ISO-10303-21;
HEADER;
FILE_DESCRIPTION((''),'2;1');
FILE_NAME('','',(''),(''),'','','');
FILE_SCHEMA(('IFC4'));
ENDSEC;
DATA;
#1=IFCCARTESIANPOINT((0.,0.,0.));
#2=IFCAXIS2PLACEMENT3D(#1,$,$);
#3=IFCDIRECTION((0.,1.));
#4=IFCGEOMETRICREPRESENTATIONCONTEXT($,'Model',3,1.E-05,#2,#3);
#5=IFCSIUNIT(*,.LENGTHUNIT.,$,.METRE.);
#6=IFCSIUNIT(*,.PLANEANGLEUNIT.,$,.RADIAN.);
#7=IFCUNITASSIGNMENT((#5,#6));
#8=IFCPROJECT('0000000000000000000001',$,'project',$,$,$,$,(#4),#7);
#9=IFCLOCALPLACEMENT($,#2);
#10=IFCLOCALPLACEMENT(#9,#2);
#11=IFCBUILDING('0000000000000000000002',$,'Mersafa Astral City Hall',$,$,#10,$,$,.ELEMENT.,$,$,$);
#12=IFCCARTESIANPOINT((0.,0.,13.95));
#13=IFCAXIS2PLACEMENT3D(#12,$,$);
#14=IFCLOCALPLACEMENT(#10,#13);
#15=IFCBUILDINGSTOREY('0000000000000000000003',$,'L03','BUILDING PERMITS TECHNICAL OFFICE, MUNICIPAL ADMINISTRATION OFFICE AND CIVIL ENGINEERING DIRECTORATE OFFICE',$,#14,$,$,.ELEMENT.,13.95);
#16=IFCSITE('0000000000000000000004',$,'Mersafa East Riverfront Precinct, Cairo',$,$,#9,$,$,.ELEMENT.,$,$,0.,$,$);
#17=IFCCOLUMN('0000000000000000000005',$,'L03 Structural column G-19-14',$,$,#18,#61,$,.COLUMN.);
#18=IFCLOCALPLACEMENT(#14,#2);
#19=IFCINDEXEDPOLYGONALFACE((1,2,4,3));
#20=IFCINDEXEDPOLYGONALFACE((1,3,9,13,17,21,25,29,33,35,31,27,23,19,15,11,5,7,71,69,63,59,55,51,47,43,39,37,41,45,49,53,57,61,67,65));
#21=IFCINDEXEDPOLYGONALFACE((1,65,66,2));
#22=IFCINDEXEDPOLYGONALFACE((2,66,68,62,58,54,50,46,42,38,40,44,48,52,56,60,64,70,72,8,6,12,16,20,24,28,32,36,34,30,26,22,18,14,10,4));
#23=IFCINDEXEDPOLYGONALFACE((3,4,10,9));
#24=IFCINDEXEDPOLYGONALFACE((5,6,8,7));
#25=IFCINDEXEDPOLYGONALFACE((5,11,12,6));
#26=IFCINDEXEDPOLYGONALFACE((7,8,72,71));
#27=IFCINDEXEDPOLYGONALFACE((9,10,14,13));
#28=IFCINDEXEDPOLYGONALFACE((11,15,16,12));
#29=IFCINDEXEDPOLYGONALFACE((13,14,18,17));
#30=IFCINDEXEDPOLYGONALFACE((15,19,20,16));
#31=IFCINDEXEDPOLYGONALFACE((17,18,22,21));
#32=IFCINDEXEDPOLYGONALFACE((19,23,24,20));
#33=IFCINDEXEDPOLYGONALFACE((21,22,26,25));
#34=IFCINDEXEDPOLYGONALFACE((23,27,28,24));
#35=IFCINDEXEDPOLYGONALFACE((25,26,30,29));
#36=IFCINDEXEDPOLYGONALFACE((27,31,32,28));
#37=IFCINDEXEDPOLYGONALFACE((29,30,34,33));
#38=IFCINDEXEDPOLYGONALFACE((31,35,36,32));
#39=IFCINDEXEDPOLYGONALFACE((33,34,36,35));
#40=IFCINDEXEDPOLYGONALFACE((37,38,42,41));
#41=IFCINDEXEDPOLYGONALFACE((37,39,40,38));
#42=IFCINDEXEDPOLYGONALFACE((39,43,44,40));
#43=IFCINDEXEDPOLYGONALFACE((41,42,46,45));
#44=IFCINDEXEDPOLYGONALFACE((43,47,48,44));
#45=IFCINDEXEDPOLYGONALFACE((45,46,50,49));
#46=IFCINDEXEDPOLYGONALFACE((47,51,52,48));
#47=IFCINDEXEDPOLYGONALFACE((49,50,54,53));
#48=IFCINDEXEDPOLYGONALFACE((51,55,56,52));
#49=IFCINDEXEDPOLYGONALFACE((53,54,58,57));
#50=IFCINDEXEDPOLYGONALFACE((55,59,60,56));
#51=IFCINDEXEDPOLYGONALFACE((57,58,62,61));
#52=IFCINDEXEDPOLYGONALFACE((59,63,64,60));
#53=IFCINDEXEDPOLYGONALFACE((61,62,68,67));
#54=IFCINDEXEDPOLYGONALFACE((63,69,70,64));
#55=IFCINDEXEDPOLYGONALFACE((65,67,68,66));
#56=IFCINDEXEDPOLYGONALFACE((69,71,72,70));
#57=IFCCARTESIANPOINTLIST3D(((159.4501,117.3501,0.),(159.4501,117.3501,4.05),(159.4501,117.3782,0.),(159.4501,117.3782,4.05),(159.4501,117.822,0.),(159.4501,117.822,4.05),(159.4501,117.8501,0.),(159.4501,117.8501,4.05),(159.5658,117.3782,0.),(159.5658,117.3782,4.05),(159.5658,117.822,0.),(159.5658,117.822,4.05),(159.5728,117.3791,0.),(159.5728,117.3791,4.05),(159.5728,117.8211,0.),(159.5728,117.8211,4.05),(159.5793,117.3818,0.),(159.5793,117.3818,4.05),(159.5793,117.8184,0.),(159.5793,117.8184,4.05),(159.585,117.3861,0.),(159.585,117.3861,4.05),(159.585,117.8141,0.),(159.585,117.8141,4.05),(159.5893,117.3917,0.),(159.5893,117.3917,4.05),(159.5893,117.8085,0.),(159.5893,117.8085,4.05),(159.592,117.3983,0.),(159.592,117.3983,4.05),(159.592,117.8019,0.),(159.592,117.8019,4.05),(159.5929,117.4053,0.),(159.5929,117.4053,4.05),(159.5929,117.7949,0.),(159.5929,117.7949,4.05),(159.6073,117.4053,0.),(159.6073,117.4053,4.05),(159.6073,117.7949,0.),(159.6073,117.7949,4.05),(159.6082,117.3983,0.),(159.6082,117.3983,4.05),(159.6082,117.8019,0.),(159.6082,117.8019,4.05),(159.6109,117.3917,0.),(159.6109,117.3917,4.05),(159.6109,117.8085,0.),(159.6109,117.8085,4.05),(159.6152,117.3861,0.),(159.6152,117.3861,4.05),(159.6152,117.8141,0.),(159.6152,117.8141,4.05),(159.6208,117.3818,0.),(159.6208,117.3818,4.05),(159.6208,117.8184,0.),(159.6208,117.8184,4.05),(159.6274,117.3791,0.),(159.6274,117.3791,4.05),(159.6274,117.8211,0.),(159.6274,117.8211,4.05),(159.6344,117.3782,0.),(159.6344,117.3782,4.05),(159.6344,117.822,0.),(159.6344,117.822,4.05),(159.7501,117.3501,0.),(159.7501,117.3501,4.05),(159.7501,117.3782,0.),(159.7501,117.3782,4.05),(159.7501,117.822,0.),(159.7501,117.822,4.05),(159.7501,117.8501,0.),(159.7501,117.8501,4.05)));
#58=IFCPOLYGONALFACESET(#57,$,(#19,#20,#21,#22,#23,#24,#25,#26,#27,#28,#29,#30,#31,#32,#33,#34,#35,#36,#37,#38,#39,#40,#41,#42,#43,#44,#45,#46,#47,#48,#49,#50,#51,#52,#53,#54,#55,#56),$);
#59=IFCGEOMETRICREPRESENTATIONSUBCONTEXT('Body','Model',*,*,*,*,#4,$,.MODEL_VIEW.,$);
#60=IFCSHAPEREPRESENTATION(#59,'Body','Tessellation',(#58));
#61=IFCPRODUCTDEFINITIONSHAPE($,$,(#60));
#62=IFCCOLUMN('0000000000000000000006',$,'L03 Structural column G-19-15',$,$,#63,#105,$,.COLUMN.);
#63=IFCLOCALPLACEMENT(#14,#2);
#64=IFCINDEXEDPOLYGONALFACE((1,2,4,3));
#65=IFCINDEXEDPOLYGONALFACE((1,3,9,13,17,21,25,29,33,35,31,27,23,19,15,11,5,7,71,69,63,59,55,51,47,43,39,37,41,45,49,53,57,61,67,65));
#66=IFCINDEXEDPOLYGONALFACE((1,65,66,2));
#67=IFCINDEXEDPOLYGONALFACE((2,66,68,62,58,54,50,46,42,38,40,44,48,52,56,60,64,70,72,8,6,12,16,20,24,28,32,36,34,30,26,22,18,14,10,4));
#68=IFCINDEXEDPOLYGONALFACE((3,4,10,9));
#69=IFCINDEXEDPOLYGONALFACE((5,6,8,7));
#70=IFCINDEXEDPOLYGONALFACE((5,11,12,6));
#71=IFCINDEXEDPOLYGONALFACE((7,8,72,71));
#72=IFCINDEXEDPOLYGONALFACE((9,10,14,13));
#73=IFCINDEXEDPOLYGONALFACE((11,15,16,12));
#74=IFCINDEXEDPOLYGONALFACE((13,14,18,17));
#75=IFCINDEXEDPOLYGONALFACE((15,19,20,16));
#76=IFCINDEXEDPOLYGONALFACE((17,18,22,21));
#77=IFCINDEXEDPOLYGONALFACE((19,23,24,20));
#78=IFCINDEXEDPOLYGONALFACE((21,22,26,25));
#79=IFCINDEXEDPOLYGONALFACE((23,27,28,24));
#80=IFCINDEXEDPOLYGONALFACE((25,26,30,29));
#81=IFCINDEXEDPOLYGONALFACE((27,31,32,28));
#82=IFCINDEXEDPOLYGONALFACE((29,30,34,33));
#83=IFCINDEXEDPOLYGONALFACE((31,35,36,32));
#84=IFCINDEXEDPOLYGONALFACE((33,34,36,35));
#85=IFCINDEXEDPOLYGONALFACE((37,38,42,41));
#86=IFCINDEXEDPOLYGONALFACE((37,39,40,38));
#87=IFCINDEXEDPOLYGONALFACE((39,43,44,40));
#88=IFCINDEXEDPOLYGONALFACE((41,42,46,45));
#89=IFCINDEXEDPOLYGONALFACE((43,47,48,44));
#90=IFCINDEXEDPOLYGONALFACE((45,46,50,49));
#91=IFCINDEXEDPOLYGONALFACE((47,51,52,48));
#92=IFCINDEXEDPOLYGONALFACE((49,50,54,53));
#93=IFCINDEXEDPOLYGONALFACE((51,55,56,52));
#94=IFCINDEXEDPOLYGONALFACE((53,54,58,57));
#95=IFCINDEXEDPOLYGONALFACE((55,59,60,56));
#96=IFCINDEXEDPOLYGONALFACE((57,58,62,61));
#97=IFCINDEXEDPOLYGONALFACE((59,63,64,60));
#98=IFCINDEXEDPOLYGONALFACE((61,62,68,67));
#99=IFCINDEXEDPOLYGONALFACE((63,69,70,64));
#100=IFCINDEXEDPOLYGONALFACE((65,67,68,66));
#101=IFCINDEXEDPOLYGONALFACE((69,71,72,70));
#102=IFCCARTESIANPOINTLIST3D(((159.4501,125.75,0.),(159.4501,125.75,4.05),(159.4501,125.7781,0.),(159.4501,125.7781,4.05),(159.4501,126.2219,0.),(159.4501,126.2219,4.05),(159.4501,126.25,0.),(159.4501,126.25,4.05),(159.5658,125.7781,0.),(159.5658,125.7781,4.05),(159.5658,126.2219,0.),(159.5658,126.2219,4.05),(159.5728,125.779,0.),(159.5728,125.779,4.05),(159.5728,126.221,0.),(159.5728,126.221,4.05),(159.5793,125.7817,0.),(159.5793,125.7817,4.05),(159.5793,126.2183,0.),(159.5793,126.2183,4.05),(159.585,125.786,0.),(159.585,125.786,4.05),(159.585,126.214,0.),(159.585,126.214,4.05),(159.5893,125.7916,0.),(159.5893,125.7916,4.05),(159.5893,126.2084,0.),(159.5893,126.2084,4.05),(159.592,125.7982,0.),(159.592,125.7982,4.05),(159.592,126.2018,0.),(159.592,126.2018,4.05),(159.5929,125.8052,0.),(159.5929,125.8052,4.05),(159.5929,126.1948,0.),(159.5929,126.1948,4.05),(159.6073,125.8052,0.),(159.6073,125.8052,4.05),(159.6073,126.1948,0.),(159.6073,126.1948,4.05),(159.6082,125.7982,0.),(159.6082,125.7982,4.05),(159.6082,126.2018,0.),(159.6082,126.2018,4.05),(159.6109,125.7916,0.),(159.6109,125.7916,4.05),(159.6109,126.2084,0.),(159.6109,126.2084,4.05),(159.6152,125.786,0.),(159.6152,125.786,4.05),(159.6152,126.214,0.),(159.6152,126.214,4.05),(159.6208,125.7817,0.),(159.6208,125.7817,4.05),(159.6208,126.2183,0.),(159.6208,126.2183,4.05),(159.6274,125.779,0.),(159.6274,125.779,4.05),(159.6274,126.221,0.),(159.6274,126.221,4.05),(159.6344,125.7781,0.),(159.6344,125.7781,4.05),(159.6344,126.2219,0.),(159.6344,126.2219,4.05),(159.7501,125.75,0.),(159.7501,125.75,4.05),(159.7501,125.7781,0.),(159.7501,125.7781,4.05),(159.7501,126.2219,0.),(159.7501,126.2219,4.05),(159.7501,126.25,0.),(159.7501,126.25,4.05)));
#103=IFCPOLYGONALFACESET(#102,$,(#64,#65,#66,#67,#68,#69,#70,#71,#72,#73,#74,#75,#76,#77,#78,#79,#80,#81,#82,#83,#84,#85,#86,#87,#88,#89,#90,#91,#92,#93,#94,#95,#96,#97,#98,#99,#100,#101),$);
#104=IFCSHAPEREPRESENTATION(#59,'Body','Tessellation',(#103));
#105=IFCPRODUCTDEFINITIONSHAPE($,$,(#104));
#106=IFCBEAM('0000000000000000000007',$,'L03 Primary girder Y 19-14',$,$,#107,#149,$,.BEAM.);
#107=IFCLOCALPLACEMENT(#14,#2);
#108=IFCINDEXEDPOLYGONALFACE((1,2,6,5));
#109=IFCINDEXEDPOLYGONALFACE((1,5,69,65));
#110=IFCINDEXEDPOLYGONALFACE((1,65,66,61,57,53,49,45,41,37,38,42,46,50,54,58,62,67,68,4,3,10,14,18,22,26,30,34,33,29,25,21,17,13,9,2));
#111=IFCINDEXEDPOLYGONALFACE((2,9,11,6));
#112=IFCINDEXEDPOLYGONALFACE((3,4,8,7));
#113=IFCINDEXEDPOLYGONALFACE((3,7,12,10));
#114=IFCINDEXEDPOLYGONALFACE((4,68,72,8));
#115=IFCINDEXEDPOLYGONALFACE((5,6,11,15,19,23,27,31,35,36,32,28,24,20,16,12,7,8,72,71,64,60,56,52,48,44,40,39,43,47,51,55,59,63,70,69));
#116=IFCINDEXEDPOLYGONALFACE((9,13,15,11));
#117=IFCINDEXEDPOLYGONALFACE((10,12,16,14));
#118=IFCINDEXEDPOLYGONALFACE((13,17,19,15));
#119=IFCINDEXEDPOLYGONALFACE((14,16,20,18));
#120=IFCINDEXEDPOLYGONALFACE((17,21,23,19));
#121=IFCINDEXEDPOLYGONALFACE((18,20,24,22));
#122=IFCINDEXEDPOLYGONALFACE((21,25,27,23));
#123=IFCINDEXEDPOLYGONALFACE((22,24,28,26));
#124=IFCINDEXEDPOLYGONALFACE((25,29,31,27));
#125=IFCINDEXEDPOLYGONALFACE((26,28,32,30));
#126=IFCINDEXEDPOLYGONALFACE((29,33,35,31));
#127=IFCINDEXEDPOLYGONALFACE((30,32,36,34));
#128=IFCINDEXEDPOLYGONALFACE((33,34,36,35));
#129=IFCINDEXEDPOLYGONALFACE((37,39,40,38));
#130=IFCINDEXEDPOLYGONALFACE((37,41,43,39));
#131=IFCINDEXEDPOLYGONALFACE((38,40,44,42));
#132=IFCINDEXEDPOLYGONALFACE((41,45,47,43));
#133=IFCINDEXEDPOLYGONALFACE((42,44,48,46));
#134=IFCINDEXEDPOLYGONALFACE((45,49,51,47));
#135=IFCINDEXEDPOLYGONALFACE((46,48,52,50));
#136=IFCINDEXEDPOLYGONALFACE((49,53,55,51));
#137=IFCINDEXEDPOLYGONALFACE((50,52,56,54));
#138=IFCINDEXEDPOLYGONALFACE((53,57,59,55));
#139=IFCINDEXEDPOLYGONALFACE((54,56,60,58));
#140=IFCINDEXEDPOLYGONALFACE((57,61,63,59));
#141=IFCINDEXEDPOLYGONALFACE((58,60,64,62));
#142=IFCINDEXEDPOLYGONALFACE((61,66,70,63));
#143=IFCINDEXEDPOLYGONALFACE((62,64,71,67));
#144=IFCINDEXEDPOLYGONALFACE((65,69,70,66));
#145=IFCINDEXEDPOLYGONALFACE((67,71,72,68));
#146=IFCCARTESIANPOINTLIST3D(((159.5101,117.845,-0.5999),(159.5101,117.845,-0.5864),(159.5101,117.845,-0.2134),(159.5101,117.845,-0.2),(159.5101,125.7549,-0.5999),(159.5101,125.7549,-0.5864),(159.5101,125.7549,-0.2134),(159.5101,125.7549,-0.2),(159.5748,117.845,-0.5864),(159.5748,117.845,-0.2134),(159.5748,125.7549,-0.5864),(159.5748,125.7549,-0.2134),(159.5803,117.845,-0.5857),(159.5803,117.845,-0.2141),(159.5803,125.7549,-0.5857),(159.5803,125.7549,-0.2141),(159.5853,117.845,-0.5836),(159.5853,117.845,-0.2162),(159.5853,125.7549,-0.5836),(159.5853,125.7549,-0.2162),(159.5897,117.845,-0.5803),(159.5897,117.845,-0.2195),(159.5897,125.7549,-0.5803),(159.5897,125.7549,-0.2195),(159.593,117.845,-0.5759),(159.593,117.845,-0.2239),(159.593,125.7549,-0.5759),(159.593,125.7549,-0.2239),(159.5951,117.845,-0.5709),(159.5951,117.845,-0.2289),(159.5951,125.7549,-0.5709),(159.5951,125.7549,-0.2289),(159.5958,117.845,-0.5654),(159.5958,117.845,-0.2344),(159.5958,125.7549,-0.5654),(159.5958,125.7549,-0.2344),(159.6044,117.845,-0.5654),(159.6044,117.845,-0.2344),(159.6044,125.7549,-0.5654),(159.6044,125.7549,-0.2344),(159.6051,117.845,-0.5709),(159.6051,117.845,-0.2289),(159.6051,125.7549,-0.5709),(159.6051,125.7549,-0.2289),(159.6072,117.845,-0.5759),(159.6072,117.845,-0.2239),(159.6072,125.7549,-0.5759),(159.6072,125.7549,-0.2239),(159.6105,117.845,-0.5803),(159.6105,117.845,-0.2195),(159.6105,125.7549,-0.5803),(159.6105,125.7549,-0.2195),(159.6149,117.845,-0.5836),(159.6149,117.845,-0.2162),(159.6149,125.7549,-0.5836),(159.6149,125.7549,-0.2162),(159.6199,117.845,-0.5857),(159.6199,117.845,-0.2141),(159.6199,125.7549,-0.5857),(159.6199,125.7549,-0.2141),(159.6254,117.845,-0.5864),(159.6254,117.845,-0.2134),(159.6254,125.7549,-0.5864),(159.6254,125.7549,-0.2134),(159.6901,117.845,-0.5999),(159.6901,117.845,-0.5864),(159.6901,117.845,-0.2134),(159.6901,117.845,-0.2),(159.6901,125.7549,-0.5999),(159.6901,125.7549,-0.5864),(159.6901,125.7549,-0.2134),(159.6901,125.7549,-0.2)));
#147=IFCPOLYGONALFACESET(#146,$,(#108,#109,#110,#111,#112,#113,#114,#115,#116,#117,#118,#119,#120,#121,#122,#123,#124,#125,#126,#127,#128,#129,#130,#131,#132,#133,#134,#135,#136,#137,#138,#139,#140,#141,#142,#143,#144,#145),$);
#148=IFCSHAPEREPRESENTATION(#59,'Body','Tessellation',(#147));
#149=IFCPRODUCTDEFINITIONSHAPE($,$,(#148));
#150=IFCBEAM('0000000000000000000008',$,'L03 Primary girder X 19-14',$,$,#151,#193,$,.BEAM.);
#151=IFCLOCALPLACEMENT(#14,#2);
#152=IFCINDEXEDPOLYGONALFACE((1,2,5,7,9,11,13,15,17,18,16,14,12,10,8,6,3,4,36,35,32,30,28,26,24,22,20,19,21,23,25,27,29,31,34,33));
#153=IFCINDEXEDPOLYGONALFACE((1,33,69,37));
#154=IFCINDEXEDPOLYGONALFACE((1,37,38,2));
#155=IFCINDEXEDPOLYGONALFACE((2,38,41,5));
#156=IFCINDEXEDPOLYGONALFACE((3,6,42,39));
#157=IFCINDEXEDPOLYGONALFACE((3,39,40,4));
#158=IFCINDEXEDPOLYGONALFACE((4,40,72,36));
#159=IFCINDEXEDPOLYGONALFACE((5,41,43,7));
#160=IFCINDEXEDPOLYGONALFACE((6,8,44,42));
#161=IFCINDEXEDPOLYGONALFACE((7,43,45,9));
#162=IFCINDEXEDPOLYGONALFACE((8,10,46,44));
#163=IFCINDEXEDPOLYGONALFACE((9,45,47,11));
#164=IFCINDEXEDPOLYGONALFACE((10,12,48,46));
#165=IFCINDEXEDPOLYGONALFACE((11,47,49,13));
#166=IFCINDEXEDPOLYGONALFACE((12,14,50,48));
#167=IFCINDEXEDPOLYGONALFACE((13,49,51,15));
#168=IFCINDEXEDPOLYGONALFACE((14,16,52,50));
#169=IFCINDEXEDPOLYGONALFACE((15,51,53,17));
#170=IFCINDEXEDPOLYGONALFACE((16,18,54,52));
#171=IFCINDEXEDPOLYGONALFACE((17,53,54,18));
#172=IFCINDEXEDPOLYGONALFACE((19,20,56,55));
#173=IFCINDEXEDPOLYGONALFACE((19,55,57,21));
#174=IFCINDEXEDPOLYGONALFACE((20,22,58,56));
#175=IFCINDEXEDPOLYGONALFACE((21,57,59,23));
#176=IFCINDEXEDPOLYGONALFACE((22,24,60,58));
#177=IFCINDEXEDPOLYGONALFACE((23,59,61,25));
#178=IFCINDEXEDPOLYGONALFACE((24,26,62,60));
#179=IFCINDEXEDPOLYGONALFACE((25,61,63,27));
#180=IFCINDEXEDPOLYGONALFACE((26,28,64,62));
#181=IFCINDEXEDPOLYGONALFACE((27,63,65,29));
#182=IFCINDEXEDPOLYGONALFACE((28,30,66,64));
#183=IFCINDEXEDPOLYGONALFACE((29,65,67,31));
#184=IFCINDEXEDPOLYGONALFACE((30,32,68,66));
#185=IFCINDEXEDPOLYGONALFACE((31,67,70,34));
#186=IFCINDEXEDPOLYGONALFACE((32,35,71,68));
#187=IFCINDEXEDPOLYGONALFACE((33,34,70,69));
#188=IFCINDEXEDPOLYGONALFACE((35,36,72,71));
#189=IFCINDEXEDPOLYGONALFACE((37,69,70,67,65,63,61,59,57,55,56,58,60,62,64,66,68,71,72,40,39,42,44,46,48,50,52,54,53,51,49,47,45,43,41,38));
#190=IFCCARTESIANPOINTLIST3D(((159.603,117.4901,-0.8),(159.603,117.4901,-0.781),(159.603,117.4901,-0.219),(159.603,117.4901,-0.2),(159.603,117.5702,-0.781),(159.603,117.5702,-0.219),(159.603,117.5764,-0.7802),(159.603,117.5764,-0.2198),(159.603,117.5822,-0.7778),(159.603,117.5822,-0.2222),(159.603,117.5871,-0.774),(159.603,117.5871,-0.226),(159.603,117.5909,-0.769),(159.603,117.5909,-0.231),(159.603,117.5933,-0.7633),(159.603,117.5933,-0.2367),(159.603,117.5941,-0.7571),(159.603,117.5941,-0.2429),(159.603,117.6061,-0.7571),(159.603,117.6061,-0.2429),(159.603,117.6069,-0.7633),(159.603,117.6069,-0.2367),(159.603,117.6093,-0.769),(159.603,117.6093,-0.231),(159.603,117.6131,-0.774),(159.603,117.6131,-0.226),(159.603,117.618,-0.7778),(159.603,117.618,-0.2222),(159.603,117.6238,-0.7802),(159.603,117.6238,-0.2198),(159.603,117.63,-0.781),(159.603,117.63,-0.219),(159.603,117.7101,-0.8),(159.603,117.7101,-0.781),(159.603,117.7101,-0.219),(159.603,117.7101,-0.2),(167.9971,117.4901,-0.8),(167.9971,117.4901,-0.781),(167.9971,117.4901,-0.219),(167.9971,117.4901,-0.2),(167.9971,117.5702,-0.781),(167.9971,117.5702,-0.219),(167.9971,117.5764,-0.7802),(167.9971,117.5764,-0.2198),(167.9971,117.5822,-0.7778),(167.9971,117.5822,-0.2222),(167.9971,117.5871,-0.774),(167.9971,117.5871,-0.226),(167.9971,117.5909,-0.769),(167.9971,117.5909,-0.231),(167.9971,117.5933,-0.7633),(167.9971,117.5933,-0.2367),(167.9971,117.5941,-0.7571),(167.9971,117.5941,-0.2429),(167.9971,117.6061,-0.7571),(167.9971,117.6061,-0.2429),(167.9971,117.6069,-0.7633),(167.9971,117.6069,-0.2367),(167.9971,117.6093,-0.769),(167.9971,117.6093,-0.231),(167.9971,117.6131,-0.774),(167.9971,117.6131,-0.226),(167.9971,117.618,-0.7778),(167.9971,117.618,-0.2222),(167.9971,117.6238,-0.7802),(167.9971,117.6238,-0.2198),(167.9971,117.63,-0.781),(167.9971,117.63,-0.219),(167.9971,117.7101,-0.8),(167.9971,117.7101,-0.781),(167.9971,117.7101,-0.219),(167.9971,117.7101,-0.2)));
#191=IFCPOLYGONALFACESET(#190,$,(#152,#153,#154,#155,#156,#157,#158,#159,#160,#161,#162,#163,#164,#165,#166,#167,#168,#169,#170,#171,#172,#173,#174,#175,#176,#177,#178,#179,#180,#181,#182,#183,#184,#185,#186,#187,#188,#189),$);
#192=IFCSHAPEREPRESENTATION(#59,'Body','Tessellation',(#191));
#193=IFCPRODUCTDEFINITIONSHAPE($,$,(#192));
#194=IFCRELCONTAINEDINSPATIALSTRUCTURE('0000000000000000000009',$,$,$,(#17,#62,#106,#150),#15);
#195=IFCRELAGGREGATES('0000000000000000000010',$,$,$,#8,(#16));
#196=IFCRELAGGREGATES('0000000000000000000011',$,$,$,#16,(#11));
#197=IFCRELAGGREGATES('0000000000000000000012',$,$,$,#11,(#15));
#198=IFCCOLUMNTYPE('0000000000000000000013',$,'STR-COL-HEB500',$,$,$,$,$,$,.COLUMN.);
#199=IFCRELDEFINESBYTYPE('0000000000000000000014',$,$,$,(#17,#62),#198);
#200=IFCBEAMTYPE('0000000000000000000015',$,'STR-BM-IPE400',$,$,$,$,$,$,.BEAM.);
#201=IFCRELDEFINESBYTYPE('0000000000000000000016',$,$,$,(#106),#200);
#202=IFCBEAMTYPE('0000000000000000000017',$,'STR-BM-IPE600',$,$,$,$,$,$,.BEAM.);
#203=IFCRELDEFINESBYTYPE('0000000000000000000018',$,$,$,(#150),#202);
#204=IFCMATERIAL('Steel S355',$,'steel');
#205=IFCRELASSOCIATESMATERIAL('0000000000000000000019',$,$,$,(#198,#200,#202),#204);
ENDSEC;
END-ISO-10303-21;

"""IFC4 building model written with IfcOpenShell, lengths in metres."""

from ifc_helpers import new_model, si_unit, direction, frame, origin, origin_2d, place, context, subcontext, project, spatial, i_section, extrude, material, material_profile, profile_set, type_object, element, save


model = new_model("IFC4")

# Units and contexts
model_context = context("Model", 3, precision=1e-05, world=origin(), true_north=direction((0.0, 1.0)))
body_context = subcontext(model_context, "Body", "Model", "MODEL_VIEW")
ifc_project = project(units=[si_unit("LENGTHUNIT", "METRE"), si_unit("PLANEANGLEUNIT", "RADIAN")], contexts=[model_context])

# Site, building, storey
site_placement = place(None, origin())
site = spatial("IfcSite", under=ifc_project, at=site_placement, Name="Mersafa East Riverfront Precinct, Cairo", CompositionType="ELEMENT", RefElevation=0.0)
building_placement = place(site_placement, origin())
building = spatial("IfcBuilding", under=site, at=building_placement, Name="Mersafa Astral City Hall", CompositionType="ELEMENT")
storey_placement = place(building_placement, frame((0.0, 0.0, 13.95)))
storey = spatial("IfcBuildingStorey", under=building, at=storey_placement, Name="L03", Description="BUILDING PERMITS TECHNICAL OFFICE, MUNICIPAL ADMINISTRATION OFFICE AND CIVIL ENGINEERING DIRECTORATE OFFICE", CompositionType="ELEMENT", Elevation=13.95)

# Columns
ifc_material_1 = material(Name="Steel S355", Category="steel")
ifc_material_profile_1 = material_profile(ifc_material_1, i_section(OverallWidth=0.3, OverallDepth=0.5, WebThickness=0.0144, FlangeThickness=0.0281, FilletRadius=0.0271, at=origin_2d()), Name="HEB 500")
ifc_profile_set_1 = profile_set([ifc_material_profile_1], Name="Steel S355")
column_type = type_object("IfcColumnType", Name="STR-COL-HEB500", PredefinedType="COLUMN", material=ifc_profile_set_1)
for number, where, z_axis, x_axis, name in (
    (1, (159.6001, 117.6001, 0.0), (0.0, 0.0, 1.0), (1.0, 0.0, 0.0), "L03 Structural column G-19-14"),
    (2, (159.6001, 126.0, 0.0), (0.0, 0.0, 1.0), (1.0, 0.0, 0.0), "L03 Structural column G-19-15"),
):
    element("IfcColumn", number, at=place(storey_placement, frame(where, z_axis=z_axis, x_axis=x_axis)), inside=storey, type_object=column_type, Name=name, PredefinedType="COLUMN", context=body_context, shape_type="SweptSolid", body=[
        extrude(i_section(OverallWidth=0.3, OverallDepth=0.5, WebThickness=0.0144, FlangeThickness=0.0281, FilletRadius=0.0271, at=origin_2d()), origin(), (0.0, 0.0, 1.0), 4.05),
    ])

# Beams
ifc_material_profile_2 = material_profile(ifc_material_1, i_section(OverallWidth=0.1799, OverallDepth=0.3999, WebThickness=0.0085, FlangeThickness=0.0134, FilletRadius=0.021, at=origin_2d()), Name="IPE 400")
ifc_profile_set_2 = profile_set([ifc_material_profile_2], Name="Steel S355")
beam_type_1 = type_object("IfcBeamType", Name="STR-BM-IPE400", PredefinedType="BEAM", material=ifc_profile_set_2)
beam_1_placement = place(storey_placement, frame((159.6001, 117.845, -0.3999), z_axis=(0.0, 1.0, 0.0), x_axis=(-1.0, 0.0, 0.0)))
element("IfcBeam", 3, at=beam_1_placement, inside=storey, type_object=beam_type_1, Name="L03 Primary girder Y 19-14", PredefinedType="BEAM", context=body_context, shape_type="SweptSolid", body=[
    extrude(i_section(OverallWidth=0.1799, OverallDepth=0.3999, WebThickness=0.0085, FlangeThickness=0.0134, FilletRadius=0.021, at=origin_2d()), origin(), (0.0, 0.0, 1.0), 7.9099),
])
ifc_material_profile_3 = material_profile(ifc_material_1, i_section(OverallWidth=0.22, OverallDepth=0.6001, WebThickness=0.012, FlangeThickness=0.019, FilletRadius=0.0239, at=origin_2d()), Name="IPE 600")
ifc_profile_set_3 = profile_set([ifc_material_profile_3], Name="Steel S355")
beam_type_2 = type_object("IfcBeamType", Name="STR-BM-IPE600", PredefinedType="BEAM", material=ifc_profile_set_3)
beam_2_placement = place(storey_placement, frame((159.603, 117.6001, -0.5), z_axis=(1.0, 0.0, 0.0), x_axis=(0.0, 1.0, 0.0)))
element("IfcBeam", 4, at=beam_2_placement, inside=storey, type_object=beam_type_2, Name="L03 Primary girder X 19-14", PredefinedType="BEAM", context=body_context, shape_type="SweptSolid", body=[
    extrude(i_section(OverallWidth=0.22, OverallDepth=0.6001, WebThickness=0.012, FlangeThickness=0.019, FilletRadius=0.0239, at=origin_2d()), origin(), (0.0, 0.0, 1.0), 8.394),
])

save(model, "model.ifc")
